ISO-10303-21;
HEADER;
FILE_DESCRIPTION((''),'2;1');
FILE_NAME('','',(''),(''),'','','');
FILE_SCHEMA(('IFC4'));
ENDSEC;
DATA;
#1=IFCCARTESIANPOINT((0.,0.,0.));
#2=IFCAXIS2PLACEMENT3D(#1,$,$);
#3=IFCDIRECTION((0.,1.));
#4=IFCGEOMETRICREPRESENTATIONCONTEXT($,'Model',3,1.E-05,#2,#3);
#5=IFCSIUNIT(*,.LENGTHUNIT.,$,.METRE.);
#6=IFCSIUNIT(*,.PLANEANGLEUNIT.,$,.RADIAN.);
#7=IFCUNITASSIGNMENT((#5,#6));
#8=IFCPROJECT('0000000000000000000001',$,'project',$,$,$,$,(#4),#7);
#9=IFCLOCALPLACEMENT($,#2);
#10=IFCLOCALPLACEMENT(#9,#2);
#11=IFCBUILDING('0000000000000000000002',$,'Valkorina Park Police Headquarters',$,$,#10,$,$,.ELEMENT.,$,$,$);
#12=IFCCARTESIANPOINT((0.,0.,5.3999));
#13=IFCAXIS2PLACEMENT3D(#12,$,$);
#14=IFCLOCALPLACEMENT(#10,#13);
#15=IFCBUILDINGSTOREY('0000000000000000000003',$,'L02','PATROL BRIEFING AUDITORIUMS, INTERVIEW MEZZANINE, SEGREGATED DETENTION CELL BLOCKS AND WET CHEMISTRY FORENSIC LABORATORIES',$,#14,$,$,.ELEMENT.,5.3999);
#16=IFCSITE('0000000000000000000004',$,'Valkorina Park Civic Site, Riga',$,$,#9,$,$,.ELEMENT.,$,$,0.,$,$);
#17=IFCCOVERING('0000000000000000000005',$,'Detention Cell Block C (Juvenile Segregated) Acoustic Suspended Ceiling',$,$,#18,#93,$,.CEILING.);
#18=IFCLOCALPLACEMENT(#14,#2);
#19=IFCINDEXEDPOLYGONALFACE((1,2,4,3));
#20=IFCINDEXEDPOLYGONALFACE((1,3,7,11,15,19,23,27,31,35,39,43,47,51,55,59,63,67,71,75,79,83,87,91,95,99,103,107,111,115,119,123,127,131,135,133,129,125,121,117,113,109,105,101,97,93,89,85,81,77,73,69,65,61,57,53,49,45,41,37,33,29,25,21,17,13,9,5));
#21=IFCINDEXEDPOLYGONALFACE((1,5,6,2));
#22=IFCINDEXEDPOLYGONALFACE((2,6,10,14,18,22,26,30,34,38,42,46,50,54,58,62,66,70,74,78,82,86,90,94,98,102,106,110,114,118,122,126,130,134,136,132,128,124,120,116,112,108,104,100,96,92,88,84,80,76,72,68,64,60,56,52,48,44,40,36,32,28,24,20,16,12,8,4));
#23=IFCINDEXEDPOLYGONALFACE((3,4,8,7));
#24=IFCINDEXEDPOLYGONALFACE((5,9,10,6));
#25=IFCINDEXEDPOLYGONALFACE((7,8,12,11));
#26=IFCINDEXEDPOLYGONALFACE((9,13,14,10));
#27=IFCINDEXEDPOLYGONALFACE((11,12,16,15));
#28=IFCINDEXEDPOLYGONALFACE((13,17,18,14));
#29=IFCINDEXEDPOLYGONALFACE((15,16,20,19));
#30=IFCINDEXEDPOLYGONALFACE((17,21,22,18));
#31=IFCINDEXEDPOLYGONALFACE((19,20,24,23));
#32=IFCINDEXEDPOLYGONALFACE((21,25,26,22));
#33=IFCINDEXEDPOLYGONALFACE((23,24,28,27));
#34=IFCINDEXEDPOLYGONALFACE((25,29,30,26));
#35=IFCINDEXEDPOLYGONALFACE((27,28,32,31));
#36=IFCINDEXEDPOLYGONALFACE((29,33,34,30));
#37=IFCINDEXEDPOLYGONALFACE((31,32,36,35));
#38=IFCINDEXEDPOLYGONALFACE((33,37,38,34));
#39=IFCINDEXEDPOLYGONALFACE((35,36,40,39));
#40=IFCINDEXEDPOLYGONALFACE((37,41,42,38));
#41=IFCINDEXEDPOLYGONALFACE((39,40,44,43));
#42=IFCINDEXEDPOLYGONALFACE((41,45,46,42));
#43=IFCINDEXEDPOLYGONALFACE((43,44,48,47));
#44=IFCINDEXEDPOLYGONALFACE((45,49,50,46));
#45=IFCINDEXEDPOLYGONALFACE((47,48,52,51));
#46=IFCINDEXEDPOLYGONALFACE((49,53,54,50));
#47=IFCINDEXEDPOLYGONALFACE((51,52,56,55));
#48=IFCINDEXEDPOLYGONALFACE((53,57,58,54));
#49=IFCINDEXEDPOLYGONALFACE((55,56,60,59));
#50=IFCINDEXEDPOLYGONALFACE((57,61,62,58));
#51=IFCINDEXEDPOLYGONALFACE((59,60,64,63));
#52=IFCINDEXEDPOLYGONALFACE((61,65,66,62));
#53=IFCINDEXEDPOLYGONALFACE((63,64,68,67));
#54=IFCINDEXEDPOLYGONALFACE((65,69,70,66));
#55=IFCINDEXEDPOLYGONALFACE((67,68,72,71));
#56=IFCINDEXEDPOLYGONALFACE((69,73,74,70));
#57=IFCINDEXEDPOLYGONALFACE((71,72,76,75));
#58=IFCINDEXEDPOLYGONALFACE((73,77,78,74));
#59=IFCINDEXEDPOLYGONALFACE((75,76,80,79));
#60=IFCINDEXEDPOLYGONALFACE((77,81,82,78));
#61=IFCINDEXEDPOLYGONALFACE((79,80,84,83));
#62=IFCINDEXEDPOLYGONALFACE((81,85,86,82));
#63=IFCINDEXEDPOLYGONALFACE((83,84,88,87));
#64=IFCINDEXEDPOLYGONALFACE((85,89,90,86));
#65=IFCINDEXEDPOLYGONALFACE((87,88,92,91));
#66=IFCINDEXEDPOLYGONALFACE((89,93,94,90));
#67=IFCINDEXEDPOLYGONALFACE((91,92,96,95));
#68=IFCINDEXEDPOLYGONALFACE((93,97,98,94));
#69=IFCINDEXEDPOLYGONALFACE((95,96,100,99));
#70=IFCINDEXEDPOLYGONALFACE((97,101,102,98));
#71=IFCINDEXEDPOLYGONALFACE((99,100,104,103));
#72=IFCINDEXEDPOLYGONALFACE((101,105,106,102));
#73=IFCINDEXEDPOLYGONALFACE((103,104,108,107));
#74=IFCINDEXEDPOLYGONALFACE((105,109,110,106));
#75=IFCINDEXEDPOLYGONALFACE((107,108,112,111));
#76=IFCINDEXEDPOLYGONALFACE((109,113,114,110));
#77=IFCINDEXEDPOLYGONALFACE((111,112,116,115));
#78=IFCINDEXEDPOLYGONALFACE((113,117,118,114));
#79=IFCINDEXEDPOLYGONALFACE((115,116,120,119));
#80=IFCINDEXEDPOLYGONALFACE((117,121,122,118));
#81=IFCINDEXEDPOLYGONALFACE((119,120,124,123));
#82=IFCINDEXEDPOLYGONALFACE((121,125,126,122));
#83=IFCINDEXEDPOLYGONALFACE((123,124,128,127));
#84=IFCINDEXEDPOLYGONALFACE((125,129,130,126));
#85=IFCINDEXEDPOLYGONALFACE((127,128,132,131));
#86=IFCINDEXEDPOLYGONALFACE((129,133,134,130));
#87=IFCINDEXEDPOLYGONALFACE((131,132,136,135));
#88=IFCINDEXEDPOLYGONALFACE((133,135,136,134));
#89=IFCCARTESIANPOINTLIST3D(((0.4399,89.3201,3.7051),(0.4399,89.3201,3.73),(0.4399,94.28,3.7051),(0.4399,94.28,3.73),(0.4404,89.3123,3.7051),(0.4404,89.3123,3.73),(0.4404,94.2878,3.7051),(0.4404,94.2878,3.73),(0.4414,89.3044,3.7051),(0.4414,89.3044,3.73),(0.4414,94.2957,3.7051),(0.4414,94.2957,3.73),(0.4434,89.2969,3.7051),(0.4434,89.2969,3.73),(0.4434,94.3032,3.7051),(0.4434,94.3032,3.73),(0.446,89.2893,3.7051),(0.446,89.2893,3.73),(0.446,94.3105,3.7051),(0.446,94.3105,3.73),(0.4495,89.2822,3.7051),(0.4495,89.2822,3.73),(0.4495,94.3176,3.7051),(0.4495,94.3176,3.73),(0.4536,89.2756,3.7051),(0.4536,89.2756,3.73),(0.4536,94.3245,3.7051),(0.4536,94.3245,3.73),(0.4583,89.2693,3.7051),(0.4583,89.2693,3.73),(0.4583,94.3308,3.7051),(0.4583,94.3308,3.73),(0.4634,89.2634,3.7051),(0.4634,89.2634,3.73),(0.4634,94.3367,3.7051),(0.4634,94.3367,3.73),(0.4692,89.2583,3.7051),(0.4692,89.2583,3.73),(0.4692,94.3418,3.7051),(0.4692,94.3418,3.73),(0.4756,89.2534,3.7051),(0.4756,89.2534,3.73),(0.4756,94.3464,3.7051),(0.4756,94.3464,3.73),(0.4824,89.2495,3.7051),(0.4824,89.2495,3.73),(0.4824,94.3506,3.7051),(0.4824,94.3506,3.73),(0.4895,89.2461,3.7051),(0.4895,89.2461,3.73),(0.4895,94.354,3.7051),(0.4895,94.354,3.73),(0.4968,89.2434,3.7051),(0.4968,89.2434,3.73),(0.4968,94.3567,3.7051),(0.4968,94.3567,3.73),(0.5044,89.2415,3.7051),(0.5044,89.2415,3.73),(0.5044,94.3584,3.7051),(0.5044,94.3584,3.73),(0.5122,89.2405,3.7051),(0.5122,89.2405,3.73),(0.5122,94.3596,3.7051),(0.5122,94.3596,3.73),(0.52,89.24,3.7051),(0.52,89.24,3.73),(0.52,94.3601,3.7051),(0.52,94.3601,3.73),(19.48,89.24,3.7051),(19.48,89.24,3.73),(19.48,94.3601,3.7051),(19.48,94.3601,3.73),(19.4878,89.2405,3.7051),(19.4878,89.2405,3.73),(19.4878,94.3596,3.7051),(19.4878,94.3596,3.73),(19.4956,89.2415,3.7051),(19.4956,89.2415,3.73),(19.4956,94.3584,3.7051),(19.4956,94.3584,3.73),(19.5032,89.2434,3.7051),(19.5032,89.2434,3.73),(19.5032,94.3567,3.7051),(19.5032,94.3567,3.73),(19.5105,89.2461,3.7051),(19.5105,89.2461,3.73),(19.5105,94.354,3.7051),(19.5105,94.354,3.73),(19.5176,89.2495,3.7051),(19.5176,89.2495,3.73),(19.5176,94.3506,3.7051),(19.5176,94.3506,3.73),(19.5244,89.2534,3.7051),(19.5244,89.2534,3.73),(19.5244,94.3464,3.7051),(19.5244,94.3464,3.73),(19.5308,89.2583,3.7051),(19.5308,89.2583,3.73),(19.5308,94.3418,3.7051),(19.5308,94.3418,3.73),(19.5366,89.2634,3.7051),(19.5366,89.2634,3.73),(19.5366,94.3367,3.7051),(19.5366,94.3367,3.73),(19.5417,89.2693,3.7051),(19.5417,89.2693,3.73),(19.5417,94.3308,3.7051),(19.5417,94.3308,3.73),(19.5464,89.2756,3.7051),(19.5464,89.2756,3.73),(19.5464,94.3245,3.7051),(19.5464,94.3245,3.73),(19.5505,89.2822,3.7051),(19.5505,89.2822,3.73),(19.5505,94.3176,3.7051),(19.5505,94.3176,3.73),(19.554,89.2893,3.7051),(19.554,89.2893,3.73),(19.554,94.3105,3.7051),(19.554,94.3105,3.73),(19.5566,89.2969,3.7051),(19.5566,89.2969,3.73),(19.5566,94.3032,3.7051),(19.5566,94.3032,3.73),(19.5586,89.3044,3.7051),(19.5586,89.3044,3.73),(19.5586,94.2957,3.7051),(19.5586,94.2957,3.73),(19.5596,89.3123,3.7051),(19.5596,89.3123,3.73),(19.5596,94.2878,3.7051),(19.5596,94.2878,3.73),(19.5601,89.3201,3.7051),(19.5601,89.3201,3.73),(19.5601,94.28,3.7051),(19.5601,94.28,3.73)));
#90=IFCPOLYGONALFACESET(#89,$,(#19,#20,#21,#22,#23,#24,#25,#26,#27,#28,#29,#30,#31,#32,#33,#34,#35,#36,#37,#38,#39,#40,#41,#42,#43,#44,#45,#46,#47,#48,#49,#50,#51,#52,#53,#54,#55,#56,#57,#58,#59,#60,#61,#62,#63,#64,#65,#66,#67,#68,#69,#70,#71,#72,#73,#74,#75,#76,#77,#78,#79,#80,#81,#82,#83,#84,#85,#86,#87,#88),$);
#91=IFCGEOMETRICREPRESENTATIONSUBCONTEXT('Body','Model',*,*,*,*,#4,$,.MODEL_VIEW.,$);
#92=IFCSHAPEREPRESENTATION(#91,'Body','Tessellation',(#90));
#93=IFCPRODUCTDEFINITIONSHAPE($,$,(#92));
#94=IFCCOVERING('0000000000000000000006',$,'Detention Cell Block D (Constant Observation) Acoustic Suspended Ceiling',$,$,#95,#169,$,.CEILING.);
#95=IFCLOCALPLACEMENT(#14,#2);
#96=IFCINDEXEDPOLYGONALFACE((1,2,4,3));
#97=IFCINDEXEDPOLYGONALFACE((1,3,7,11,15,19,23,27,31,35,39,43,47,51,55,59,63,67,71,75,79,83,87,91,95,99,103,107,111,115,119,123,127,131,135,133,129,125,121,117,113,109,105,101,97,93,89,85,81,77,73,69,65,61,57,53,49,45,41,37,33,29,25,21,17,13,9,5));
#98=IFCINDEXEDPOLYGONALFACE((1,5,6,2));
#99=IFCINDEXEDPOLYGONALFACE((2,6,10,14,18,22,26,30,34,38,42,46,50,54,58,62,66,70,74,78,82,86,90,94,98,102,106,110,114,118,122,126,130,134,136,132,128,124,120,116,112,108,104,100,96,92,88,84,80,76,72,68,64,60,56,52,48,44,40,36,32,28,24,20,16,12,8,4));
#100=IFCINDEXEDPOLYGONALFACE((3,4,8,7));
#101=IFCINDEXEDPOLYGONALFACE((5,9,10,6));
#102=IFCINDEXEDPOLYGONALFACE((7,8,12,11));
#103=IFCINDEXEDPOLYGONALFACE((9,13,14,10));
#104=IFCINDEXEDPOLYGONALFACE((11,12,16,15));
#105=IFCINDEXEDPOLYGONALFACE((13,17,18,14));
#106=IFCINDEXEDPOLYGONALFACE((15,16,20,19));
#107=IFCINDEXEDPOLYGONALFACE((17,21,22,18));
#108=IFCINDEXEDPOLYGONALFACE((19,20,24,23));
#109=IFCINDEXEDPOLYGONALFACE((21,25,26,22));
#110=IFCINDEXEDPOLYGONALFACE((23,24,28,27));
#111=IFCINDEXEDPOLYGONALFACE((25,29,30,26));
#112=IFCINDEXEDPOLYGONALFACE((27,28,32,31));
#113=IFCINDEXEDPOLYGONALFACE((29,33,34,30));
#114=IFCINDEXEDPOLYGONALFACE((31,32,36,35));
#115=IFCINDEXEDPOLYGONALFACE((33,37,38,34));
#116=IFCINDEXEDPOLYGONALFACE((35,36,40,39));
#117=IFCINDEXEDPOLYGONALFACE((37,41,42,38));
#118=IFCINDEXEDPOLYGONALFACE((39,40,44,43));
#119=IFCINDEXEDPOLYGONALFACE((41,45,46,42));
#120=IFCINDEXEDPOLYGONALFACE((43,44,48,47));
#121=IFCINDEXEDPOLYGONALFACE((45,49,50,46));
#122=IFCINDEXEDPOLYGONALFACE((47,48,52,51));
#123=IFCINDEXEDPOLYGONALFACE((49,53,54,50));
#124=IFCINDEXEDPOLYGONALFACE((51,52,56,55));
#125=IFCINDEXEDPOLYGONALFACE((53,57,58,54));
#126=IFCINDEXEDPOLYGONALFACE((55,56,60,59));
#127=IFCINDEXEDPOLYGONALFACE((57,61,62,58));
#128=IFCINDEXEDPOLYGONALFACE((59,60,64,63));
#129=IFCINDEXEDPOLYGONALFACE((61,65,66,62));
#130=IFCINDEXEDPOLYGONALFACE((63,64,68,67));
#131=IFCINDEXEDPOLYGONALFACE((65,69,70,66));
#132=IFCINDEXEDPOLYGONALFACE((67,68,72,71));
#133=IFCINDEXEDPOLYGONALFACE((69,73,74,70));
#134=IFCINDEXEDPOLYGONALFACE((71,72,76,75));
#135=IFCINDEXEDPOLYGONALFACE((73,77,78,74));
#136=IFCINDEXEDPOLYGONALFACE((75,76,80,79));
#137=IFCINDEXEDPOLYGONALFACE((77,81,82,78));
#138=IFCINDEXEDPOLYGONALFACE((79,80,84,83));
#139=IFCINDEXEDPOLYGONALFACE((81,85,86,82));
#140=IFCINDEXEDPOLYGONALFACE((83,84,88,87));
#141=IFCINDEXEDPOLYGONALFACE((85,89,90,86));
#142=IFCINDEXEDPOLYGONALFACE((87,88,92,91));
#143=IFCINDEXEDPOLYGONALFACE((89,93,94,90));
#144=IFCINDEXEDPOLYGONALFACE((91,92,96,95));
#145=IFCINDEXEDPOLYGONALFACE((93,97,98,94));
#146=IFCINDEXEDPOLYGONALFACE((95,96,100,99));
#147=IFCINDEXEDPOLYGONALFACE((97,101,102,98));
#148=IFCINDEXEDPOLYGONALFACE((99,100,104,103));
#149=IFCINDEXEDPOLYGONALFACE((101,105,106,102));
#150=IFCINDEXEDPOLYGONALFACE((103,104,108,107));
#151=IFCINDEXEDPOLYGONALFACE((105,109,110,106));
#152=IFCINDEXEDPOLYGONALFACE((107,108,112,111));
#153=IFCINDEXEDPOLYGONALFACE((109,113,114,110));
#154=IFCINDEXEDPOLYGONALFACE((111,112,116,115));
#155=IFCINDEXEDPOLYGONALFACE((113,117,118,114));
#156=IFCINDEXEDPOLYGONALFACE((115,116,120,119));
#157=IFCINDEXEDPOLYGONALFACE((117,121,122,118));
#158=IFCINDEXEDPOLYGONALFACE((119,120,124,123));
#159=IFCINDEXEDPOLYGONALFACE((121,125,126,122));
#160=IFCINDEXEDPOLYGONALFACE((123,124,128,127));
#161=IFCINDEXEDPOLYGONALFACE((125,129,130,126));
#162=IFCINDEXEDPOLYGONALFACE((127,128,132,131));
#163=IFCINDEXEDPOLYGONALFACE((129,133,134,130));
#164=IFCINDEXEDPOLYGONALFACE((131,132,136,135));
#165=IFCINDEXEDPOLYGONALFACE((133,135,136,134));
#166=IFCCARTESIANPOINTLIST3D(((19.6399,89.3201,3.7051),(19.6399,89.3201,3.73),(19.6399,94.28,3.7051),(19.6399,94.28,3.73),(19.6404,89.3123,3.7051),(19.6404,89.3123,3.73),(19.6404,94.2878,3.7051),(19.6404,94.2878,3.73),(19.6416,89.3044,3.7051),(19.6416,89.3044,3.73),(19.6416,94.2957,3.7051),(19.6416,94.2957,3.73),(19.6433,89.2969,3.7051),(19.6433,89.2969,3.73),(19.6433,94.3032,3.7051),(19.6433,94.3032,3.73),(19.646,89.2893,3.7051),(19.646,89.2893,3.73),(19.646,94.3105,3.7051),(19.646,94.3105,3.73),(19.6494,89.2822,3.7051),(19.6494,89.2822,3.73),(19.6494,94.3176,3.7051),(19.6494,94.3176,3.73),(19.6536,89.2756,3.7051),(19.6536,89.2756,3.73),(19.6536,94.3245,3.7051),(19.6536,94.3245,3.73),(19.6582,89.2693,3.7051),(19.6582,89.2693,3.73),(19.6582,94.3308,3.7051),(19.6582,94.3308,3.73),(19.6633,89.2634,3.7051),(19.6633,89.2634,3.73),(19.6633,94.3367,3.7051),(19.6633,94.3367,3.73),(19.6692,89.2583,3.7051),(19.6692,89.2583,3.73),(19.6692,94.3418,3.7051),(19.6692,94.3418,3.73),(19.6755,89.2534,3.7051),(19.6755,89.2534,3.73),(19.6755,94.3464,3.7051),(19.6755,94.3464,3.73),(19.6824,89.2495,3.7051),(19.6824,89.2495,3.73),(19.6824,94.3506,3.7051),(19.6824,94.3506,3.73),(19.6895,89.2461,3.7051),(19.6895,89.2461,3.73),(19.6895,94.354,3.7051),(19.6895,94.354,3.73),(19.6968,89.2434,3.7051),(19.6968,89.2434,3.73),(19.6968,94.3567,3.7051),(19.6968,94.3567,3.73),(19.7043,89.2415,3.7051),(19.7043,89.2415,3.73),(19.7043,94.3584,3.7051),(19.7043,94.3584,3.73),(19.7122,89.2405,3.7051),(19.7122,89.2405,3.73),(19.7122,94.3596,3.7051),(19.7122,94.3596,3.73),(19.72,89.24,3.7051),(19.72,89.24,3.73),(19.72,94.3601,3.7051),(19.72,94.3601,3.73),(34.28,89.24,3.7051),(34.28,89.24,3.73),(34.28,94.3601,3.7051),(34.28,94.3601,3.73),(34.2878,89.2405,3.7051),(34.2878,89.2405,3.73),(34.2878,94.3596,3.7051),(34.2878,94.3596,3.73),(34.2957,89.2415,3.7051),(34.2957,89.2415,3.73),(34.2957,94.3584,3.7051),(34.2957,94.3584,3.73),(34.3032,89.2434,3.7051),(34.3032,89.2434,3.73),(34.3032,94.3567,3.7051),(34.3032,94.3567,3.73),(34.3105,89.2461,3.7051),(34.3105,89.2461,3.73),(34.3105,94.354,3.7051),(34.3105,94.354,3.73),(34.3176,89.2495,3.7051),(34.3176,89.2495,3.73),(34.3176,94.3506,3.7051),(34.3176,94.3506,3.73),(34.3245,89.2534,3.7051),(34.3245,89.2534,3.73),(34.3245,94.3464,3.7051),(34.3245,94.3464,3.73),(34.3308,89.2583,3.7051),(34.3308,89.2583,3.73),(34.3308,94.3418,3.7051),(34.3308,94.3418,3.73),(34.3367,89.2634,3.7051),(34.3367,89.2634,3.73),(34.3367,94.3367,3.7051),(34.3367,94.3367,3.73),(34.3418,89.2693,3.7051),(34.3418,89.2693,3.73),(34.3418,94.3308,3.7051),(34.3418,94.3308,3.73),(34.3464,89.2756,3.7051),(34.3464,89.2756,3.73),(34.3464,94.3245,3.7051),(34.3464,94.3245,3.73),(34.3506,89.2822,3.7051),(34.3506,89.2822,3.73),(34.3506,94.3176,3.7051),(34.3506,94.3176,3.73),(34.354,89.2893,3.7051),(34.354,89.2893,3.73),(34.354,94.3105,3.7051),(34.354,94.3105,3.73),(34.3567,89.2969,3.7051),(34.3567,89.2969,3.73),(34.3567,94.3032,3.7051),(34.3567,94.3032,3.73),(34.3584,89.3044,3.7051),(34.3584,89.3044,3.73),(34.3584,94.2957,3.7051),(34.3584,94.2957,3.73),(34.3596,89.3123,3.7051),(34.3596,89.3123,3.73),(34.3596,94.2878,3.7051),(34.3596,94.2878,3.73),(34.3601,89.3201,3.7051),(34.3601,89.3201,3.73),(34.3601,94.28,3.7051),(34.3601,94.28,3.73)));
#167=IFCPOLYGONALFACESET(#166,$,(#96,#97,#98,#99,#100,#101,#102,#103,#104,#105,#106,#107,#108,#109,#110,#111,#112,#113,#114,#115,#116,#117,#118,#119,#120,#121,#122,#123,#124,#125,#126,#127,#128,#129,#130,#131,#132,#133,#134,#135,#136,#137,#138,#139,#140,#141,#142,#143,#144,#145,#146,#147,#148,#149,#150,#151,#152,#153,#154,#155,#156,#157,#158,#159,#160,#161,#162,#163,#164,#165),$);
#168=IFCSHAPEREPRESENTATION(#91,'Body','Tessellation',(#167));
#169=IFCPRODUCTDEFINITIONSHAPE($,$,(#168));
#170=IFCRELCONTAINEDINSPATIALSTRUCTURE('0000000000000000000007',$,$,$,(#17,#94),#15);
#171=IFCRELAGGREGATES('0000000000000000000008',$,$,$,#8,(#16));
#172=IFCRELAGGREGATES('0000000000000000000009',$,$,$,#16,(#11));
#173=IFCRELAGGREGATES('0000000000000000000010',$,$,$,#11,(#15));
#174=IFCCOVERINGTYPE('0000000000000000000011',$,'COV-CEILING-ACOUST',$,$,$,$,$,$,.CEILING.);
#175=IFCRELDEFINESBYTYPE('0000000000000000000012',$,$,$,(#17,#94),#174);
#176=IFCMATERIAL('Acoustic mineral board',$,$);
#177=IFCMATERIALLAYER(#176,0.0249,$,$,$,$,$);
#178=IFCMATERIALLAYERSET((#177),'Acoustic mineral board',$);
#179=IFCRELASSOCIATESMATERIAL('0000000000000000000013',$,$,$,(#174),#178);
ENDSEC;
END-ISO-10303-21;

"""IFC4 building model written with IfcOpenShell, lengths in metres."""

from ifc_helpers import new_model, si_unit, direction, frame, origin, place, context, subcontext, project, spatial, polyline, outline, extrude, material, layer, layer_set, type_object, element, save


model = new_model("IFC4")

# Units and contexts
model_context = context("Model", 3, precision=1e-05, world=origin(), true_north=direction((0.0, 1.0)))
body_context = subcontext(model_context, "Body", "Model", "MODEL_VIEW")
ifc_project = project(units=[si_unit("LENGTHUNIT", "METRE"), si_unit("PLANEANGLEUNIT", "RADIAN")], contexts=[model_context])

# Site, building, storey
site_placement = place(None, origin())
site = spatial("IfcSite", under=ifc_project, at=site_placement, Name="Valkorina Park Civic Site, Riga", CompositionType="ELEMENT", RefElevation=0.0)
building_placement = place(site_placement, origin())
building = spatial("IfcBuilding", under=site, at=building_placement, Name="Valkorina Park Police Headquarters", CompositionType="ELEMENT")
storey_placement = place(building_placement, frame((0.0, 0.0, 5.3999)))
storey = spatial("IfcBuildingStorey", under=building, at=storey_placement, Name="L02", Description="PATROL BRIEFING AUDITORIUMS, INTERVIEW MEZZANINE, SEGREGATED DETENTION CELL BLOCKS AND WET CHEMISTRY FORENSIC LABORATORIES", CompositionType="ELEMENT", Elevation=5.3999)

# Coverings
ifc_material_1 = material(Name="Acoustic mineral board")
ifc_layer_1 = layer(ifc_material_1, 0.0249)
ifc_layer_set_1 = layer_set([ifc_layer_1], Name="Acoustic mineral board")
covering_type_1 = type_object("IfcCoveringType", Name="COV-CEILING-ACOUST", PredefinedType="CEILING", material=ifc_layer_set_1)
covering_1_placement = place(storey_placement, frame((0.0, 0.0, 3.7051)))
element("IfcCovering", 1, at=covering_1_placement, inside=storey, type_object=covering_type_1, Name="Detention Cell Block C (Juvenile Segregated) Acoustic Suspended Ceiling", PredefinedType="CEILING", context=body_context, shape_type="SweptSolid", body=[
    extrude(outline(polyline([(19.5586, 89.3044), (19.5596, 89.3123), (19.5601, 89.3201), (19.5601, 94.28), (19.5596, 94.2878), (19.5586, 94.2957), (19.5566, 94.3032), (19.554, 94.3105), (19.5505, 94.3176), (19.5464, 94.3245), (19.5417, 94.3308), (19.5366, 94.3367), (19.5308, 94.3418), (19.5244, 94.3464), (19.5176, 94.3506), (19.5105, 94.354), (19.5032, 94.3567), (19.4956, 94.3584), (19.4878, 94.3596), (19.48, 94.3601), (0.52, 94.3601), (0.5122, 94.3596), (0.5044, 94.3584), (0.4968, 94.3567), (0.4895, 94.354), (0.4824, 94.3506), (0.4756, 94.3464), (0.4692, 94.3418), (0.4634, 94.3367), (0.4583, 94.3308), (0.4536, 94.3245), (0.4495, 94.3176), (0.446, 94.3105), (0.4434, 94.3032), (0.4414, 94.2957), (0.4404, 94.2878), (0.4399, 94.28), (0.4399, 89.3201), (0.4404, 89.3123), (0.4414, 89.3044), (0.4434, 89.2969), (0.446, 89.2893), (0.4495, 89.2822), (0.4536, 89.2756), (0.4583, 89.2693), (0.4634, 89.2634), (0.4692, 89.2583), (0.4756, 89.2534), (0.4824, 89.2495), (0.4895, 89.2461), (0.4968, 89.2434), (0.5044, 89.2415), (0.5122, 89.2405), (0.52, 89.24), (19.48, 89.24), (19.4878, 89.2405), (19.4956, 89.2415), (19.5032, 89.2434), (19.5105, 89.2461), (19.5176, 89.2495), (19.5244, 89.2534), (19.5308, 89.2583), (19.5366, 89.2634), (19.5417, 89.2693), (19.5464, 89.2756), (19.5505, 89.2822), (19.554, 89.2893), (19.5566, 89.2969), (19.5586, 89.3044)])), origin(), (0.0, 0.0, 1.0), 0.0249),
])
covering_2_placement = place(storey_placement, frame((0.0, 0.0, 3.7051)))
element("IfcCovering", 2, at=covering_2_placement, inside=storey, type_object=covering_type_1, Name="Detention Cell Block D (Constant Observation) Acoustic Suspended Ceiling", PredefinedType="CEILING", context=body_context, shape_type="SweptSolid", body=[
    extrude(outline(polyline([(34.3584, 89.3044), (34.3596, 89.3123), (34.3601, 89.3201), (34.3601, 94.28), (34.3596, 94.2878), (34.3584, 94.2957), (34.3567, 94.3032), (34.354, 94.3105), (34.3506, 94.3176), (34.3464, 94.3245), (34.3418, 94.3308), (34.3367, 94.3367), (34.3308, 94.3418), (34.3245, 94.3464), (34.3176, 94.3506), (34.3105, 94.354), (34.3032, 94.3567), (34.2957, 94.3584), (34.2878, 94.3596), (34.28, 94.3601), (19.72, 94.3601), (19.7122, 94.3596), (19.7043, 94.3584), (19.6968, 94.3567), (19.6895, 94.354), (19.6824, 94.3506), (19.6755, 94.3464), (19.6692, 94.3418), (19.6633, 94.3367), (19.6582, 94.3308), (19.6536, 94.3245), (19.6494, 94.3176), (19.646, 94.3105), (19.6433, 94.3032), (19.6416, 94.2957), (19.6404, 94.2878), (19.6399, 94.28), (19.6399, 89.3201), (19.6404, 89.3123), (19.6416, 89.3044), (19.6433, 89.2969), (19.646, 89.2893), (19.6494, 89.2822), (19.6536, 89.2756), (19.6582, 89.2693), (19.6633, 89.2634), (19.6692, 89.2583), (19.6755, 89.2534), (19.6824, 89.2495), (19.6895, 89.2461), (19.6968, 89.2434), (19.7043, 89.2415), (19.7122, 89.2405), (19.72, 89.24), (34.28, 89.24), (34.2878, 89.2405), (34.2957, 89.2415), (34.3032, 89.2434), (34.3105, 89.2461), (34.3176, 89.2495), (34.3245, 89.2534), (34.3308, 89.2583), (34.3367, 89.2634), (34.3418, 89.2693), (34.3464, 89.2756), (34.3506, 89.2822), (34.354, 89.2893), (34.3567, 89.2969), (34.3584, 89.3044)])), origin(), (0.0, 0.0, 1.0), 0.0249),
])

save(model, "model.ifc")
